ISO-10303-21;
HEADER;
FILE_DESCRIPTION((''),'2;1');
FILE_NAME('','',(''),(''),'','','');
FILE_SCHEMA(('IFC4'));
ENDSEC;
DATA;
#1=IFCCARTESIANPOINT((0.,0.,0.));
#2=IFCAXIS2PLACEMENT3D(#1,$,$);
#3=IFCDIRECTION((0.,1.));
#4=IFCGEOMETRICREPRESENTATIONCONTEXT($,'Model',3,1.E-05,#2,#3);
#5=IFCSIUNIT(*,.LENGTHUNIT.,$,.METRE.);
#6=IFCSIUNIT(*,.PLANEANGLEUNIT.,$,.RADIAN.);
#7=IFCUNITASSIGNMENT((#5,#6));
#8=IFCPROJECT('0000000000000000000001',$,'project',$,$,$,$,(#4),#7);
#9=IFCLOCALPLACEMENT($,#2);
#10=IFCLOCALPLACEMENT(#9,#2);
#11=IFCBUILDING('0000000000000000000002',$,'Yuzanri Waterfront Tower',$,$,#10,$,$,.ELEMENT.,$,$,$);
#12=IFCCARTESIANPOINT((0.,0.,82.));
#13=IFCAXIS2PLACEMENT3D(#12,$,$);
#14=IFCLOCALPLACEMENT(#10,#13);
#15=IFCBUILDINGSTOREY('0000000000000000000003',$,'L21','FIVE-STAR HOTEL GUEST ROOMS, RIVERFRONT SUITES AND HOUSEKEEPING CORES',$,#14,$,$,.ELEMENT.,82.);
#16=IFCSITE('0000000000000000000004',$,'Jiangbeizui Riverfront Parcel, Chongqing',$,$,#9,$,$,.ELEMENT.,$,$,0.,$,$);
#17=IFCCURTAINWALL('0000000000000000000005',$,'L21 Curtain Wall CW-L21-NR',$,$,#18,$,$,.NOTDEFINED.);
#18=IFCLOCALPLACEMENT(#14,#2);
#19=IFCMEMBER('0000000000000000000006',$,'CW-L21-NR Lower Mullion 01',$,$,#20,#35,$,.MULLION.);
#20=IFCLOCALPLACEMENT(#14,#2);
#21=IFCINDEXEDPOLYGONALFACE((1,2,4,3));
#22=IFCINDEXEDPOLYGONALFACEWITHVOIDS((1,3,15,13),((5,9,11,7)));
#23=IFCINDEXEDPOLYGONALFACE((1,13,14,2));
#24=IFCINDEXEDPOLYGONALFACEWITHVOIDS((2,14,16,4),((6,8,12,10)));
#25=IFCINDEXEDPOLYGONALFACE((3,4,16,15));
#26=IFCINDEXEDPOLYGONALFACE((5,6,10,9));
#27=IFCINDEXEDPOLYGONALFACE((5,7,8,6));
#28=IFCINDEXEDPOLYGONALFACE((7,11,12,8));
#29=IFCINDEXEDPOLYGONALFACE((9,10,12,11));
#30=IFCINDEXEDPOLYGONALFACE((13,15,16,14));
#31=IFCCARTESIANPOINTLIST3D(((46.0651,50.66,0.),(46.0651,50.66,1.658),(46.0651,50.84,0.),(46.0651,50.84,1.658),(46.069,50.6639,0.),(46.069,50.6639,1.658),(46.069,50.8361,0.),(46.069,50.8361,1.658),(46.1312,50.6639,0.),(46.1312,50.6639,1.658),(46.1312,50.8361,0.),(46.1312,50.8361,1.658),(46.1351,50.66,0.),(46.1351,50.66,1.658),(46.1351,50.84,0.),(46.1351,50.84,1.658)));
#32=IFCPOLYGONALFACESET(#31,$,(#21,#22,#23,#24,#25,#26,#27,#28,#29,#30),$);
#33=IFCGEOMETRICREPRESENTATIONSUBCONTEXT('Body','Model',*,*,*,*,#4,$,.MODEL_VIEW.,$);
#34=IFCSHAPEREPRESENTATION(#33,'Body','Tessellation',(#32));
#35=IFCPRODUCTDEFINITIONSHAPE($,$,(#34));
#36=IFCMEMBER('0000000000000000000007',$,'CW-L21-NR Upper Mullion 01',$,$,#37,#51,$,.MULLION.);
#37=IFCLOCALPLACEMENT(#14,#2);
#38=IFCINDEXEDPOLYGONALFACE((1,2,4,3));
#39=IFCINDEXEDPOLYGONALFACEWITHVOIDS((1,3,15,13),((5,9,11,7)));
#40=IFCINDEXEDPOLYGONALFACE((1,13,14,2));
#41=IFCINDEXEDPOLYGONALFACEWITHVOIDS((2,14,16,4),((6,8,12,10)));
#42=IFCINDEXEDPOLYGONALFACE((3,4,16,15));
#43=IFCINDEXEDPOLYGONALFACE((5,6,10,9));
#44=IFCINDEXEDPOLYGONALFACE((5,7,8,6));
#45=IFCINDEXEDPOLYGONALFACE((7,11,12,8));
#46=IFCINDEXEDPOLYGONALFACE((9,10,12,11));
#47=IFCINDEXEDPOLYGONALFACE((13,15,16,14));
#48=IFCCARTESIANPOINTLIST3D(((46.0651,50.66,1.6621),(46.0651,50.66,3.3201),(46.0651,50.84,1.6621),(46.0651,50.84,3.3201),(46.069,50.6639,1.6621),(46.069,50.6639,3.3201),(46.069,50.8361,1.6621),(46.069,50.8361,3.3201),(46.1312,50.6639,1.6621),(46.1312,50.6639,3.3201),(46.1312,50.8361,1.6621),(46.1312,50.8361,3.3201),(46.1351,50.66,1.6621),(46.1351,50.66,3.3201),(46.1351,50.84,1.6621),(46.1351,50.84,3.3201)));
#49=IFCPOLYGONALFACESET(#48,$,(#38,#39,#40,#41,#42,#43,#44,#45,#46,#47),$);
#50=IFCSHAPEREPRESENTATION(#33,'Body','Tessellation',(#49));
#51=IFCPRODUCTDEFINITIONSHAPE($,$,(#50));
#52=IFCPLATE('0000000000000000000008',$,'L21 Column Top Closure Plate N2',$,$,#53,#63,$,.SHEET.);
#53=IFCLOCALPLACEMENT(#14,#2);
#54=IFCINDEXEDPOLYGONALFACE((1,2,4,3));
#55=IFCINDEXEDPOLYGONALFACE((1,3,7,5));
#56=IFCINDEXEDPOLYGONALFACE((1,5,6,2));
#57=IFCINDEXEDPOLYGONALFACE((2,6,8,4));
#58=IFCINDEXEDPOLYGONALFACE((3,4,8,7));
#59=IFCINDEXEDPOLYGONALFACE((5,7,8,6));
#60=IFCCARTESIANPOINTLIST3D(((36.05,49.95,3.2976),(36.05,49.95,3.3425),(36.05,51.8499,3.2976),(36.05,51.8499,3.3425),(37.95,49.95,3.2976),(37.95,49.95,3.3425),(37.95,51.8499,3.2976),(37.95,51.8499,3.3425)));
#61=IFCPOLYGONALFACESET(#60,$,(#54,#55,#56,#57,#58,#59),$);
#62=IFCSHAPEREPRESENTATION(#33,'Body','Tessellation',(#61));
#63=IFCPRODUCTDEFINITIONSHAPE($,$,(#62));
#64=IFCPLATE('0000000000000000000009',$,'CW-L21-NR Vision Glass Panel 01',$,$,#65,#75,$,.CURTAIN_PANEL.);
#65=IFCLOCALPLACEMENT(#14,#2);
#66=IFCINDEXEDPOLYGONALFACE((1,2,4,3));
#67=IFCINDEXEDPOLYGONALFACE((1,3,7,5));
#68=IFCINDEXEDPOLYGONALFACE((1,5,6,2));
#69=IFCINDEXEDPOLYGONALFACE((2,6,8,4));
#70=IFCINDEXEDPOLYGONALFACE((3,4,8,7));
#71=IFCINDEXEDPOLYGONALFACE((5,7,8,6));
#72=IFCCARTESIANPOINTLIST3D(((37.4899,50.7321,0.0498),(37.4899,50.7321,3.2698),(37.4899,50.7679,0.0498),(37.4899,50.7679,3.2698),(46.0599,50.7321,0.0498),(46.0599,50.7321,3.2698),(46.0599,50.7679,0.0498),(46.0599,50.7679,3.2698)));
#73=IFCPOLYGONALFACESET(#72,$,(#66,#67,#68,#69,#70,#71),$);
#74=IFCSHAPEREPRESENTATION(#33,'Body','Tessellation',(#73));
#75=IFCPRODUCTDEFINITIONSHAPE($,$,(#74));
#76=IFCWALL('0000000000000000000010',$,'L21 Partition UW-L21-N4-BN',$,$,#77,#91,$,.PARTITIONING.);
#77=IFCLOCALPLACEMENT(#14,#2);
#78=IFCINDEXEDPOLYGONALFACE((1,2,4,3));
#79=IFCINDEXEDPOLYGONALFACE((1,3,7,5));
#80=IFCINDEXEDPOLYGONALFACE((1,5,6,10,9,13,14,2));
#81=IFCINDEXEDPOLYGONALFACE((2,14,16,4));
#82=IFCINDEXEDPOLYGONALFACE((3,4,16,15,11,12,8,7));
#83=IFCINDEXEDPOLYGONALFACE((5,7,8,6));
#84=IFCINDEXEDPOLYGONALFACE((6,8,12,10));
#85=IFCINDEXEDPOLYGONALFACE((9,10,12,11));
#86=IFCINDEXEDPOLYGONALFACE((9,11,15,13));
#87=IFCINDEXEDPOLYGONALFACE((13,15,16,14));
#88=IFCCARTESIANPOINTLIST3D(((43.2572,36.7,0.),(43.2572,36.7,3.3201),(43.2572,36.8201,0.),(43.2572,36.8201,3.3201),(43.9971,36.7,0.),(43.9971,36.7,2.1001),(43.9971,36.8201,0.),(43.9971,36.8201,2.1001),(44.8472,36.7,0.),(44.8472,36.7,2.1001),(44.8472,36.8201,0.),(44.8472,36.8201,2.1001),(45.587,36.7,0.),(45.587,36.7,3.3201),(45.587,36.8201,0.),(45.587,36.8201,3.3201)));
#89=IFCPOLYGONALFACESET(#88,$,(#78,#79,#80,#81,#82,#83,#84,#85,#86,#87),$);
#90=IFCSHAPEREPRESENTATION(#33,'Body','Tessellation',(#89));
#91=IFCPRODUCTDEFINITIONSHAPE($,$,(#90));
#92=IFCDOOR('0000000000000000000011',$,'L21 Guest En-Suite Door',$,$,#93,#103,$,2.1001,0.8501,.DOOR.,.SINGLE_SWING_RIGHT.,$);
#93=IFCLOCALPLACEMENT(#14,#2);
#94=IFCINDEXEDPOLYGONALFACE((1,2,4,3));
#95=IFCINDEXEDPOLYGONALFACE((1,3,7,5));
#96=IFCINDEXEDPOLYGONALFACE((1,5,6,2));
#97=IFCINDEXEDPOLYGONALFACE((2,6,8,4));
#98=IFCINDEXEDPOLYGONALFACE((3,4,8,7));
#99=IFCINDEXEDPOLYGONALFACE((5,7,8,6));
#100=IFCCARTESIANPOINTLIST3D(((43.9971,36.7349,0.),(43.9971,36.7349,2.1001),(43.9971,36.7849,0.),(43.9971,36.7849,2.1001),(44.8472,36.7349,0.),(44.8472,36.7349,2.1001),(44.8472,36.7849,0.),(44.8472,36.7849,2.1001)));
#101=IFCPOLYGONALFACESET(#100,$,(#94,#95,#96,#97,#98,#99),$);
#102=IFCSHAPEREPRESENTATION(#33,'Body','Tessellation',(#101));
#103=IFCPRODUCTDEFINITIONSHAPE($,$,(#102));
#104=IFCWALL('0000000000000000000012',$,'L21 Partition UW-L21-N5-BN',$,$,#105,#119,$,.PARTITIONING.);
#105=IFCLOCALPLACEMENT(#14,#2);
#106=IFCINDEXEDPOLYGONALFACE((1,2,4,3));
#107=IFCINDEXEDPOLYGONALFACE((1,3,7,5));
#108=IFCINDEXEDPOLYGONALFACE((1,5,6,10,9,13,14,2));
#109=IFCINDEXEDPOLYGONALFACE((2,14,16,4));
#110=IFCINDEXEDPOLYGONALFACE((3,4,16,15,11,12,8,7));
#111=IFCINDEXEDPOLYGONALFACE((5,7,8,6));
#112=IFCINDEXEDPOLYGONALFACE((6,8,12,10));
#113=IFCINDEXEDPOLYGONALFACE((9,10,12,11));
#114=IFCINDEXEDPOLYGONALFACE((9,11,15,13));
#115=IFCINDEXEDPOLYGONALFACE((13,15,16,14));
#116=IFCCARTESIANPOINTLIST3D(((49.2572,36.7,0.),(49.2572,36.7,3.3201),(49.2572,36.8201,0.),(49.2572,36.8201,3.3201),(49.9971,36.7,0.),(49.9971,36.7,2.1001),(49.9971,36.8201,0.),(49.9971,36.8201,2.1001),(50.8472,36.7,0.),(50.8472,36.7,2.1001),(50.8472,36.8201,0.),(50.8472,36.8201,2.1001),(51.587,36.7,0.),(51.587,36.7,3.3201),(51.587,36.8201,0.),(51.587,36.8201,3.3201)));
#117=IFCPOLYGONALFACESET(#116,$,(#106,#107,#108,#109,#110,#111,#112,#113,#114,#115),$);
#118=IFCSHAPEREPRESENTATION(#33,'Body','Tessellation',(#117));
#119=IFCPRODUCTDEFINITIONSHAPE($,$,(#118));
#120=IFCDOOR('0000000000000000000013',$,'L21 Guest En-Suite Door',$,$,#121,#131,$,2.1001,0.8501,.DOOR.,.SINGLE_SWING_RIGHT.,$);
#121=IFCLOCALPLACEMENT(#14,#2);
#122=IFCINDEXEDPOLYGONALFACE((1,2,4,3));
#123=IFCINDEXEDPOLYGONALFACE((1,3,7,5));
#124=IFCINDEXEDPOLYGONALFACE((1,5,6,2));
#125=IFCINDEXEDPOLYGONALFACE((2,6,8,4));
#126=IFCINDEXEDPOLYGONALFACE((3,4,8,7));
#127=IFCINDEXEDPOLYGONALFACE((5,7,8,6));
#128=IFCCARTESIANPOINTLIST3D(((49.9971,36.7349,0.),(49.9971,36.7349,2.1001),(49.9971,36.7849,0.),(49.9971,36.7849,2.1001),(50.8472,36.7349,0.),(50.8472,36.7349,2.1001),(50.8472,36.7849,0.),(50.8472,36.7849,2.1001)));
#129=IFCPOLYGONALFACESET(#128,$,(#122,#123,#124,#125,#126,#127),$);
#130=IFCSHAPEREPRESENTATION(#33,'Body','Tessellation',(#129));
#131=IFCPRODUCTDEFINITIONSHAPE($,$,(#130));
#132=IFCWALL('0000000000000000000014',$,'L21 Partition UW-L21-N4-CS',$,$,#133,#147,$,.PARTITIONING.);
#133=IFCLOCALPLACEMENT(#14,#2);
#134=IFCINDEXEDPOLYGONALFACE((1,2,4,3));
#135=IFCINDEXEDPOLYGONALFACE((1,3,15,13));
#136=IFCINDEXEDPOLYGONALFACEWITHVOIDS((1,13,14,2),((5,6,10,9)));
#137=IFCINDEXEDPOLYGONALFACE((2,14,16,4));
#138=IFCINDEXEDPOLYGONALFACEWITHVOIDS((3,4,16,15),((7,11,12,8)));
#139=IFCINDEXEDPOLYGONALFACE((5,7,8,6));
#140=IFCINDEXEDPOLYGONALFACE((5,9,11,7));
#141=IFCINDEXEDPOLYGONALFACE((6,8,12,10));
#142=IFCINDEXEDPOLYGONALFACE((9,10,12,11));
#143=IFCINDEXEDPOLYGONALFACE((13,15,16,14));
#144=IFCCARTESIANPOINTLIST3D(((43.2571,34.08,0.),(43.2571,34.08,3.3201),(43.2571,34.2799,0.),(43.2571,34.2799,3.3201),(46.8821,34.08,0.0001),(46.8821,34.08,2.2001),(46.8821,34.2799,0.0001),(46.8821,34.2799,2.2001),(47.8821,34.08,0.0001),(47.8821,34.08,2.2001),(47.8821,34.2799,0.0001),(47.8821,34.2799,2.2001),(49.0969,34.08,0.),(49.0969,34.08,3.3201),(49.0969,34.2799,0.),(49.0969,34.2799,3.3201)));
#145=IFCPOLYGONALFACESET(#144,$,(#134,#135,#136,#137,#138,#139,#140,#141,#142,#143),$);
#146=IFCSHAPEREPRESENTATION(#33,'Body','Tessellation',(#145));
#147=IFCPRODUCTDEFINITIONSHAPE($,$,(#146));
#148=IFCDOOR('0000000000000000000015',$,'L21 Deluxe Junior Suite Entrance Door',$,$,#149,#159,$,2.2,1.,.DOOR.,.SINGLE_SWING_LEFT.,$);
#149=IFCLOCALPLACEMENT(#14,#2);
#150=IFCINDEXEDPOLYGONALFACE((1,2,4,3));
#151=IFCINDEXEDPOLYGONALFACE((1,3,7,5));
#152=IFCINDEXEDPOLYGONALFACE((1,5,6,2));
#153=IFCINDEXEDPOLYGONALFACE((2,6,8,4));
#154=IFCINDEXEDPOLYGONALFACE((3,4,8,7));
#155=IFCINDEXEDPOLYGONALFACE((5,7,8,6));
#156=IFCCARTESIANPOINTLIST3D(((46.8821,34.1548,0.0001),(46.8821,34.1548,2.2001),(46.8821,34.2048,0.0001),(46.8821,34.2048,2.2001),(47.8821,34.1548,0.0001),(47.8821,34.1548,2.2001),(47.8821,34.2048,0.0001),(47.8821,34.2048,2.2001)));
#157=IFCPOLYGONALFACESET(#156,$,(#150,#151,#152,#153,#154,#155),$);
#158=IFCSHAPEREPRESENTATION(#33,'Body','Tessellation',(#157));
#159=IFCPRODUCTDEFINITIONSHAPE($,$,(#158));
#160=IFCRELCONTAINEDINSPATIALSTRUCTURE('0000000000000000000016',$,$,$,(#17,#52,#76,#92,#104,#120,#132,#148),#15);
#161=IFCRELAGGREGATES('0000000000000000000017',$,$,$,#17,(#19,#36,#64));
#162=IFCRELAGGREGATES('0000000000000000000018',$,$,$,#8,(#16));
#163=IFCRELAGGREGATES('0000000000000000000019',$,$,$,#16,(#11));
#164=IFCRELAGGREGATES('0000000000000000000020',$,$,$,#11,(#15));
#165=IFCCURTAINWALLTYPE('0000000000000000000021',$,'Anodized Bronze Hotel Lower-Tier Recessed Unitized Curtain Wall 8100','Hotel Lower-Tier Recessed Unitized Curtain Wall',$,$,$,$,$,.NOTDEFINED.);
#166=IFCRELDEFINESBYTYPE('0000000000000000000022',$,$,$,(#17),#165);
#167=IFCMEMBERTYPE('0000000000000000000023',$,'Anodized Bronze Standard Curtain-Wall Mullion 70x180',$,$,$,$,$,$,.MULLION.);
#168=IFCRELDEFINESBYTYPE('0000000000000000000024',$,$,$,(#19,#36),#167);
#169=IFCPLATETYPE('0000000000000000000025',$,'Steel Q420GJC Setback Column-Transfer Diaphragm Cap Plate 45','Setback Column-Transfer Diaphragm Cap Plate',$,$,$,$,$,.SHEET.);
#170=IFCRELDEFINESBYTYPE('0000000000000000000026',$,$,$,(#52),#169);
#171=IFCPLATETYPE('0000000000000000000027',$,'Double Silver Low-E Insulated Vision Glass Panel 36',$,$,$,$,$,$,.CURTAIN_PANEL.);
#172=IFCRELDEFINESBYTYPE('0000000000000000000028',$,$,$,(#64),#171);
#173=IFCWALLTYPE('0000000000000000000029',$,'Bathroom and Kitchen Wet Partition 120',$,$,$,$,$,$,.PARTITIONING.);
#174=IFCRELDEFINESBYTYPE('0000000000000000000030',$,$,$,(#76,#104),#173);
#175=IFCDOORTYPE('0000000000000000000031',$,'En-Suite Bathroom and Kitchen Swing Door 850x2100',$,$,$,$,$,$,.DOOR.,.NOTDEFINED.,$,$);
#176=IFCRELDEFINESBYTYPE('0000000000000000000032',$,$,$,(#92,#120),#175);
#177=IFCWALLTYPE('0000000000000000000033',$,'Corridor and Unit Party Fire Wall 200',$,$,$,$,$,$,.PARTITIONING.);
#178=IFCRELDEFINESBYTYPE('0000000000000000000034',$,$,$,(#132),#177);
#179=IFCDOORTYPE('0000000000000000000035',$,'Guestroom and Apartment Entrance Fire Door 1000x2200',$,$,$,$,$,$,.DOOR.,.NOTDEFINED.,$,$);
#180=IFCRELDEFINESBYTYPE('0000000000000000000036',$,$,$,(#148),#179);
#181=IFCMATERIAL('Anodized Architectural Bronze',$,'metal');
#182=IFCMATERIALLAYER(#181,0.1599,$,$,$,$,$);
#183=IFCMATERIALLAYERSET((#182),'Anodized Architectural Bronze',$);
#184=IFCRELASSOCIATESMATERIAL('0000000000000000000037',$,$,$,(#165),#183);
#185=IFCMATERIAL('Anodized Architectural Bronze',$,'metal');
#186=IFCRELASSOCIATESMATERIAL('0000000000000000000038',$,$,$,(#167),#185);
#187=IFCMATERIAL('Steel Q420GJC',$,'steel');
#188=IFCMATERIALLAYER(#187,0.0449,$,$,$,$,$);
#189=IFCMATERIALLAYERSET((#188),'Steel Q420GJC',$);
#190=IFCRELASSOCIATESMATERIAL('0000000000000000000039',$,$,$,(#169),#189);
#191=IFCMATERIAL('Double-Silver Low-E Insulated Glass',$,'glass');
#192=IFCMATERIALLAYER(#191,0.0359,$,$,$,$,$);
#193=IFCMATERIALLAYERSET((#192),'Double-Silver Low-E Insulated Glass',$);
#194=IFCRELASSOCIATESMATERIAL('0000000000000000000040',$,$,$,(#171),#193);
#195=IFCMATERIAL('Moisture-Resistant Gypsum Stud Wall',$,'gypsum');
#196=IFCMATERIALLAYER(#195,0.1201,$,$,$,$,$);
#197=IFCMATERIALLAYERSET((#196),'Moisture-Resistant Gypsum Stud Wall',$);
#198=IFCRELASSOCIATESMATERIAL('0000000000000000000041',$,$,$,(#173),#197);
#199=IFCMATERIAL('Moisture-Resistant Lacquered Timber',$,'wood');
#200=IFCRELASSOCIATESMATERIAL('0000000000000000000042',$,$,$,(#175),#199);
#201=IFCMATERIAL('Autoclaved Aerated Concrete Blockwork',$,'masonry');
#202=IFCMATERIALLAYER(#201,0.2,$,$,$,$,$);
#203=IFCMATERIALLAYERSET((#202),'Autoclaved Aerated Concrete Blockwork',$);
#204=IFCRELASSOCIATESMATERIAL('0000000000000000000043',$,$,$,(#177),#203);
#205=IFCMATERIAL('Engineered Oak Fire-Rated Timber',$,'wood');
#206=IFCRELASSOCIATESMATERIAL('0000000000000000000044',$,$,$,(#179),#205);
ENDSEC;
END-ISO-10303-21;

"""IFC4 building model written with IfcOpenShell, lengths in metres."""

from ifc_helpers import new_model, si_unit, direction, frame, frame_2d, origin, origin_2d, place, context, subcontext, project, spatial, rectangle, hollow_rectangle, extrude, source, transform, mapped, material, layer, layer_set, material_profile, profile_set, type_object, element, fill, aggregate, save


model = new_model("IFC4")

# Units and contexts
model_context = context("Model", 3, precision=1e-05, world=origin(), true_north=direction((0.0, 1.0)))
body_context = subcontext(model_context, "Body", "Model", "MODEL_VIEW")
ifc_project = project(units=[si_unit("LENGTHUNIT", "METRE"), si_unit("PLANEANGLEUNIT", "RADIAN")], contexts=[model_context])

# Site, building, storey
site_placement = place(None, origin())
site = spatial("IfcSite", under=ifc_project, at=site_placement, Name="Jiangbeizui Riverfront Parcel, Chongqing", CompositionType="ELEMENT", RefElevation=0.0)
building_placement = place(site_placement, origin())
building = spatial("IfcBuilding", under=site, at=building_placement, Name="Yuzanri Waterfront Tower", CompositionType="ELEMENT")
storey_placement = place(building_placement, frame((0.0, 0.0, 82.0)))
storey = spatial("IfcBuildingStorey", under=building, at=storey_placement, Name="L21", Description="FIVE-STAR HOTEL GUEST ROOMS, RIVERFRONT SUITES AND HOUSEKEEPING CORES", CompositionType="ELEMENT", Elevation=82.0)

# Curtain wall, members
ifc_material_1 = material(Name="Anodized Architectural Bronze", Category="metal")
ifc_layer_1 = layer(ifc_material_1, 0.1599)
ifc_layer_set_1 = layer_set([ifc_layer_1], Name="Anodized Architectural Bronze")
curtain_wall_type = type_object("IfcCurtainWallType", Name="Anodized Bronze Hotel Lower-Tier Recessed Unitized Curtain Wall 8100", Description="Hotel Lower-Tier Recessed Unitized Curtain Wall", PredefinedType="NOTDEFINED", material=ifc_layer_set_1)
curtain_wall_placement = place(storey_placement, origin())
curtain_wall = element("IfcCurtainWall", 1, at=curtain_wall_placement, inside=storey, type_object=curtain_wall_type, Name="L21 Curtain Wall CW-L21-NR", PredefinedType="NOTDEFINED")
ifc_material_2 = material(Name="Anodized Architectural Bronze", Category="metal")
ifc_material_profile_1 = material_profile(ifc_material_2, hollow_rectangle(XDim=0.0701, YDim=0.1799, WallThickness=0.0039, at=origin_2d()), Name="CWM 70x180")
ifc_profile_set_1 = profile_set([ifc_material_profile_1], Name="Anodized Architectural Bronze")
member_type_1 = type_object("IfcMemberType", Name="Anodized Bronze Standard Curtain-Wall Mullion 70x180", PredefinedType="MULLION", material=ifc_profile_set_1)
shared_shape_1 = source(origin(), body_context, "Body", "SweptSolid", [
    extrude(hollow_rectangle(XDim=0.0701, YDim=0.1799, WallThickness=0.0039, at=origin_2d()), origin(), (0.0, 0.0, 1.0), 1.658),
])
member_1_placement = place(storey_placement, frame((46.1001, 50.75, 0.0), z_axis=(0.0, 0.0, 1.0), x_axis=(1.0, 0.0, 0.0)))
member_1 = element("IfcMember", 2, at=member_1_placement, type_object=member_type_1, Name="CW-L21-NR Lower Mullion 01", PredefinedType="MULLION", context=body_context, shape_type="MappedRepresentation", body=[
    mapped(shared_shape_1, transform((0.0, 0.0, 0.0), scale=1.0)),
])
member_2_placement = place(storey_placement, frame((46.1001, 50.75, 1.6621), z_axis=(0.0, 0.0, 1.0), x_axis=(1.0, 0.0, 0.0)))
member_2 = element("IfcMember", 3, at=member_2_placement, type_object=member_type_1, Name="CW-L21-NR Upper Mullion 01", PredefinedType="MULLION", context=body_context, shape_type="MappedRepresentation", body=[
    mapped(shared_shape_1, transform((0.0, 0.0, 0.0), scale=1.0)),
])

# Plates
ifc_material_3 = material(Name="Steel Q420GJC", Category="steel")
ifc_layer_2 = layer(ifc_material_3, 0.0449)
ifc_layer_set_2 = layer_set([ifc_layer_2], Name="Steel Q420GJC")
plate_type_1 = type_object("IfcPlateType", Name="Steel Q420GJC Setback Column-Transfer Diaphragm Cap Plate 45", Description="Setback Column-Transfer Diaphragm Cap Plate", PredefinedType="SHEET", material=ifc_layer_set_2)
shared_shape_2 = source(origin(), body_context, "Body", "SweptSolid", [
    extrude(rectangle(XDim=1.8999, YDim=1.8999, at=origin_2d()), origin(), (0.0, 0.0, 1.0), 0.0449),
])
plate_1_placement = place(storey_placement, frame((37.0, 50.8999, 3.2976), z_axis=(0.0, 0.0, 1.0), x_axis=(1.0, 0.0, 0.0)))
element("IfcPlate", 4, at=plate_1_placement, inside=storey, type_object=plate_type_1, Name="L21 Column Top Closure Plate N2", PredefinedType="SHEET", context=body_context, shape_type="MappedRepresentation", body=[
    mapped(shared_shape_2, transform((0.0, 0.0, 0.0), scale=1.0)),
])
ifc_material_4 = material(Name="Double-Silver Low-E Insulated Glass", Category="glass")
ifc_layer_3 = layer(ifc_material_4, 0.0359)
ifc_layer_set_3 = layer_set([ifc_layer_3], Name="Double-Silver Low-E Insulated Glass")
plate_type_2 = type_object("IfcPlateType", Name="Double Silver Low-E Insulated Vision Glass Panel 36", PredefinedType="CURTAIN_PANEL", material=ifc_layer_set_3)
shared_shape_3 = source(origin(), body_context, "Body", "SweptSolid", [
    extrude(rectangle(XDim=8.5701, YDim=0.0359, at=origin_2d()), origin(), (0.0, 0.0, 1.0), 3.22),
])
plate_2_placement = place(storey_placement, frame((41.7749, 50.75, 0.0498), z_axis=(0.0, 0.0, 1.0), x_axis=(1.0, 0.0, 0.0)))
plate_2 = element("IfcPlate", 5, at=plate_2_placement, type_object=plate_type_2, Name="CW-L21-NR Vision Glass Panel 01", PredefinedType="CURTAIN_PANEL", context=body_context, shape_type="MappedRepresentation", body=[
    mapped(shared_shape_3, transform((0.0, 0.0, 0.0), scale=1.0)),
])
aggregate(curtain_wall, [member_1, member_2, plate_2])

# Walls, openings, doors
ifc_material_5 = material(Name="Moisture-Resistant Gypsum Stud Wall", Category="gypsum")
ifc_layer_4 = layer(ifc_material_5, 0.1201)
ifc_layer_set_4 = layer_set([ifc_layer_4], Name="Moisture-Resistant Gypsum Stud Wall")
wall_type_1 = type_object("IfcWallType", Name="Bathroom and Kitchen Wet Partition 120", PredefinedType="PARTITIONING", material=ifc_layer_set_4)
wall_1_placement = place(storey_placement, frame((43.2571, 36.76, 0.0), z_axis=(0.0, 0.0, 1.0), x_axis=(1.0, 0.0, 0.0)))
wall_1 = element("IfcWall", 6, at=wall_1_placement, inside=storey, type_object=wall_type_1, Name="L21 Partition UW-L21-N4-BN", PredefinedType="PARTITIONING", context=body_context, shape_type="SweptSolid", body=[
    extrude(rectangle(XDim=2.3298, YDim=0.1201, at=frame_2d((1.165, 0.0))), origin(), (0.0, 0.0, 1.0), 3.3201),
])
opening_1_placement = place(wall_1_placement, frame((0.74, 0.0, 0.0)))
opening_1 = element("IfcOpeningElement", 7, at=opening_1_placement, cuts=wall_1, PredefinedType="OPENING", context=body_context, shape_type="SweptSolid", body=[
    extrude(rectangle(XDim=0.8501, YDim=2.1001, at=frame_2d((0.425, 1.05))), frame((0.0, 0.075, 0.0), z_axis=(0.0, -1.0, 0.0), x_axis=(1.0, 0.0, 0.0)), (0.0, 0.0, 1.0), 0.1499),
])
ifc_material_6 = material(Name="Moisture-Resistant Lacquered Timber", Category="wood")
door_type_1 = type_object("IfcDoorType", Name="En-Suite Bathroom and Kitchen Swing Door 850x2100", OperationType="NOTDEFINED", PredefinedType="DOOR", material=ifc_material_6)
shared_shape_4 = source(origin(), body_context, "Body", "SweptSolid", [
    extrude(rectangle(XDim=0.8501, YDim=2.1001, at=frame_2d((0.425, 1.05))), frame((0.0, 0.0249, 0.0), z_axis=(0.0, -1.0, 0.0), x_axis=(1.0, 0.0, 0.0)), (0.0, 0.0, 1.0), 0.05),
])
door_1_placement = place(opening_1_placement, origin())
door_1 = element("IfcDoor", 8, at=door_1_placement, inside=storey, type_object=door_type_1, Name="L21 Guest En-Suite Door", OperationType="SINGLE_SWING_RIGHT", OverallHeight=2.1001, OverallWidth=0.8501, PredefinedType="DOOR", context=body_context, shape_type="MappedRepresentation", body=[
    mapped(shared_shape_4, transform((0.0, 0.0, 0.0), scale=1.0)),
])
fill(opening_1, door_1)
wall_2_placement = place(storey_placement, frame((49.2571, 36.76, 0.0), z_axis=(0.0, 0.0, 1.0), x_axis=(1.0, 0.0, 0.0)))
wall_2 = element("IfcWall", 9, at=wall_2_placement, inside=storey, type_object=wall_type_1, Name="L21 Partition UW-L21-N5-BN", PredefinedType="PARTITIONING", context=body_context, shape_type="SweptSolid", body=[
    extrude(rectangle(XDim=2.3298, YDim=0.1201, at=frame_2d((1.165, 0.0))), origin(), (0.0, 0.0, 1.0), 3.3201),
])
opening_2_placement = place(wall_2_placement, frame((0.74, 0.0, 0.0)))
opening_2 = element("IfcOpeningElement", 10, at=opening_2_placement, cuts=wall_2, PredefinedType="OPENING", context=body_context, shape_type="SweptSolid", body=[
    extrude(rectangle(XDim=0.8501, YDim=2.1001, at=frame_2d((0.425, 1.05))), frame((0.0, 0.075, 0.0), z_axis=(0.0, -1.0, 0.0), x_axis=(1.0, 0.0, 0.0)), (0.0, 0.0, 1.0), 0.1499),
])
door_2_placement = place(opening_2_placement, origin())
door_2 = element("IfcDoor", 11, at=door_2_placement, inside=storey, type_object=door_type_1, Name="L21 Guest En-Suite Door", OperationType="SINGLE_SWING_RIGHT", OverallHeight=2.1001, OverallWidth=0.8501, PredefinedType="DOOR", context=body_context, shape_type="MappedRepresentation", body=[
    mapped(shared_shape_4, transform((0.0, 0.0, 0.0), scale=1.0)),
])
fill(opening_2, door_2)
ifc_material_7 = material(Name="Autoclaved Aerated Concrete Blockwork", Category="masonry")
ifc_layer_5 = layer(ifc_material_7, 0.2)
ifc_layer_set_5 = layer_set([ifc_layer_5], Name="Autoclaved Aerated Concrete Blockwork")
wall_type_2 = type_object("IfcWallType", Name="Corridor and Unit Party Fire Wall 200", PredefinedType="PARTITIONING", material=ifc_layer_set_5)
wall_3_placement = place(storey_placement, frame((43.2571, 34.1799, 0.0), z_axis=(0.0, 0.0, 1.0), x_axis=(1.0, 0.0, 0.0)))
wall_3 = element("IfcWall", 12, at=wall_3_placement, inside=storey, type_object=wall_type_2, Name="L21 Partition UW-L21-N4-CS", PredefinedType="PARTITIONING", context=body_context, shape_type="SweptSolid", body=[
    extrude(rectangle(XDim=5.8398, YDim=0.2, at=frame_2d((2.9199, 0.0))), origin(), (0.0, 0.0, 1.0), 3.3201),
])
opening_3_placement = place(wall_3_placement, frame((3.625, 0.0, 0.0)))
opening_3 = element("IfcOpeningElement", 13, at=opening_3_placement, cuts=wall_3, PredefinedType="OPENING", context=body_context, shape_type="SweptSolid", body=[
    extrude(rectangle(XDim=1.0, YDim=2.2, at=frame_2d((0.5, 1.1001))), frame((0.0, 0.1147, 0.0), z_axis=(0.0, -1.0, 0.0), x_axis=(1.0, 0.0, 0.0)), (0.0, 0.0, 1.0), 0.2297),
])
ifc_material_8 = material(Name="Engineered Oak Fire-Rated Timber", Category="wood")
door_type_2 = type_object("IfcDoorType", Name="Guestroom and Apartment Entrance Fire Door 1000x2200", OperationType="NOTDEFINED", PredefinedType="DOOR", material=ifc_material_8)
shared_shape_5 = source(origin(), body_context, "Body", "SweptSolid", [
    extrude(rectangle(XDim=1.0, YDim=2.2, at=frame_2d((0.5, 1.1001))), frame((0.0, 0.0249, 0.0), z_axis=(0.0, -1.0, 0.0), x_axis=(1.0, 0.0, 0.0)), (0.0, 0.0, 1.0), 0.05),
])
door_3_placement = place(opening_3_placement, origin())
door_3 = element("IfcDoor", 14, at=door_3_placement, inside=storey, type_object=door_type_2, Name="L21 Deluxe Junior Suite Entrance Door", OperationType="SINGLE_SWING_LEFT", OverallHeight=2.2, OverallWidth=1.0, PredefinedType="DOOR", context=body_context, shape_type="MappedRepresentation", body=[
    mapped(shared_shape_5, transform((0.0, 0.0, 0.0), scale=1.0)),
])
fill(opening_3, door_3)

save(model, "model.ifc")
